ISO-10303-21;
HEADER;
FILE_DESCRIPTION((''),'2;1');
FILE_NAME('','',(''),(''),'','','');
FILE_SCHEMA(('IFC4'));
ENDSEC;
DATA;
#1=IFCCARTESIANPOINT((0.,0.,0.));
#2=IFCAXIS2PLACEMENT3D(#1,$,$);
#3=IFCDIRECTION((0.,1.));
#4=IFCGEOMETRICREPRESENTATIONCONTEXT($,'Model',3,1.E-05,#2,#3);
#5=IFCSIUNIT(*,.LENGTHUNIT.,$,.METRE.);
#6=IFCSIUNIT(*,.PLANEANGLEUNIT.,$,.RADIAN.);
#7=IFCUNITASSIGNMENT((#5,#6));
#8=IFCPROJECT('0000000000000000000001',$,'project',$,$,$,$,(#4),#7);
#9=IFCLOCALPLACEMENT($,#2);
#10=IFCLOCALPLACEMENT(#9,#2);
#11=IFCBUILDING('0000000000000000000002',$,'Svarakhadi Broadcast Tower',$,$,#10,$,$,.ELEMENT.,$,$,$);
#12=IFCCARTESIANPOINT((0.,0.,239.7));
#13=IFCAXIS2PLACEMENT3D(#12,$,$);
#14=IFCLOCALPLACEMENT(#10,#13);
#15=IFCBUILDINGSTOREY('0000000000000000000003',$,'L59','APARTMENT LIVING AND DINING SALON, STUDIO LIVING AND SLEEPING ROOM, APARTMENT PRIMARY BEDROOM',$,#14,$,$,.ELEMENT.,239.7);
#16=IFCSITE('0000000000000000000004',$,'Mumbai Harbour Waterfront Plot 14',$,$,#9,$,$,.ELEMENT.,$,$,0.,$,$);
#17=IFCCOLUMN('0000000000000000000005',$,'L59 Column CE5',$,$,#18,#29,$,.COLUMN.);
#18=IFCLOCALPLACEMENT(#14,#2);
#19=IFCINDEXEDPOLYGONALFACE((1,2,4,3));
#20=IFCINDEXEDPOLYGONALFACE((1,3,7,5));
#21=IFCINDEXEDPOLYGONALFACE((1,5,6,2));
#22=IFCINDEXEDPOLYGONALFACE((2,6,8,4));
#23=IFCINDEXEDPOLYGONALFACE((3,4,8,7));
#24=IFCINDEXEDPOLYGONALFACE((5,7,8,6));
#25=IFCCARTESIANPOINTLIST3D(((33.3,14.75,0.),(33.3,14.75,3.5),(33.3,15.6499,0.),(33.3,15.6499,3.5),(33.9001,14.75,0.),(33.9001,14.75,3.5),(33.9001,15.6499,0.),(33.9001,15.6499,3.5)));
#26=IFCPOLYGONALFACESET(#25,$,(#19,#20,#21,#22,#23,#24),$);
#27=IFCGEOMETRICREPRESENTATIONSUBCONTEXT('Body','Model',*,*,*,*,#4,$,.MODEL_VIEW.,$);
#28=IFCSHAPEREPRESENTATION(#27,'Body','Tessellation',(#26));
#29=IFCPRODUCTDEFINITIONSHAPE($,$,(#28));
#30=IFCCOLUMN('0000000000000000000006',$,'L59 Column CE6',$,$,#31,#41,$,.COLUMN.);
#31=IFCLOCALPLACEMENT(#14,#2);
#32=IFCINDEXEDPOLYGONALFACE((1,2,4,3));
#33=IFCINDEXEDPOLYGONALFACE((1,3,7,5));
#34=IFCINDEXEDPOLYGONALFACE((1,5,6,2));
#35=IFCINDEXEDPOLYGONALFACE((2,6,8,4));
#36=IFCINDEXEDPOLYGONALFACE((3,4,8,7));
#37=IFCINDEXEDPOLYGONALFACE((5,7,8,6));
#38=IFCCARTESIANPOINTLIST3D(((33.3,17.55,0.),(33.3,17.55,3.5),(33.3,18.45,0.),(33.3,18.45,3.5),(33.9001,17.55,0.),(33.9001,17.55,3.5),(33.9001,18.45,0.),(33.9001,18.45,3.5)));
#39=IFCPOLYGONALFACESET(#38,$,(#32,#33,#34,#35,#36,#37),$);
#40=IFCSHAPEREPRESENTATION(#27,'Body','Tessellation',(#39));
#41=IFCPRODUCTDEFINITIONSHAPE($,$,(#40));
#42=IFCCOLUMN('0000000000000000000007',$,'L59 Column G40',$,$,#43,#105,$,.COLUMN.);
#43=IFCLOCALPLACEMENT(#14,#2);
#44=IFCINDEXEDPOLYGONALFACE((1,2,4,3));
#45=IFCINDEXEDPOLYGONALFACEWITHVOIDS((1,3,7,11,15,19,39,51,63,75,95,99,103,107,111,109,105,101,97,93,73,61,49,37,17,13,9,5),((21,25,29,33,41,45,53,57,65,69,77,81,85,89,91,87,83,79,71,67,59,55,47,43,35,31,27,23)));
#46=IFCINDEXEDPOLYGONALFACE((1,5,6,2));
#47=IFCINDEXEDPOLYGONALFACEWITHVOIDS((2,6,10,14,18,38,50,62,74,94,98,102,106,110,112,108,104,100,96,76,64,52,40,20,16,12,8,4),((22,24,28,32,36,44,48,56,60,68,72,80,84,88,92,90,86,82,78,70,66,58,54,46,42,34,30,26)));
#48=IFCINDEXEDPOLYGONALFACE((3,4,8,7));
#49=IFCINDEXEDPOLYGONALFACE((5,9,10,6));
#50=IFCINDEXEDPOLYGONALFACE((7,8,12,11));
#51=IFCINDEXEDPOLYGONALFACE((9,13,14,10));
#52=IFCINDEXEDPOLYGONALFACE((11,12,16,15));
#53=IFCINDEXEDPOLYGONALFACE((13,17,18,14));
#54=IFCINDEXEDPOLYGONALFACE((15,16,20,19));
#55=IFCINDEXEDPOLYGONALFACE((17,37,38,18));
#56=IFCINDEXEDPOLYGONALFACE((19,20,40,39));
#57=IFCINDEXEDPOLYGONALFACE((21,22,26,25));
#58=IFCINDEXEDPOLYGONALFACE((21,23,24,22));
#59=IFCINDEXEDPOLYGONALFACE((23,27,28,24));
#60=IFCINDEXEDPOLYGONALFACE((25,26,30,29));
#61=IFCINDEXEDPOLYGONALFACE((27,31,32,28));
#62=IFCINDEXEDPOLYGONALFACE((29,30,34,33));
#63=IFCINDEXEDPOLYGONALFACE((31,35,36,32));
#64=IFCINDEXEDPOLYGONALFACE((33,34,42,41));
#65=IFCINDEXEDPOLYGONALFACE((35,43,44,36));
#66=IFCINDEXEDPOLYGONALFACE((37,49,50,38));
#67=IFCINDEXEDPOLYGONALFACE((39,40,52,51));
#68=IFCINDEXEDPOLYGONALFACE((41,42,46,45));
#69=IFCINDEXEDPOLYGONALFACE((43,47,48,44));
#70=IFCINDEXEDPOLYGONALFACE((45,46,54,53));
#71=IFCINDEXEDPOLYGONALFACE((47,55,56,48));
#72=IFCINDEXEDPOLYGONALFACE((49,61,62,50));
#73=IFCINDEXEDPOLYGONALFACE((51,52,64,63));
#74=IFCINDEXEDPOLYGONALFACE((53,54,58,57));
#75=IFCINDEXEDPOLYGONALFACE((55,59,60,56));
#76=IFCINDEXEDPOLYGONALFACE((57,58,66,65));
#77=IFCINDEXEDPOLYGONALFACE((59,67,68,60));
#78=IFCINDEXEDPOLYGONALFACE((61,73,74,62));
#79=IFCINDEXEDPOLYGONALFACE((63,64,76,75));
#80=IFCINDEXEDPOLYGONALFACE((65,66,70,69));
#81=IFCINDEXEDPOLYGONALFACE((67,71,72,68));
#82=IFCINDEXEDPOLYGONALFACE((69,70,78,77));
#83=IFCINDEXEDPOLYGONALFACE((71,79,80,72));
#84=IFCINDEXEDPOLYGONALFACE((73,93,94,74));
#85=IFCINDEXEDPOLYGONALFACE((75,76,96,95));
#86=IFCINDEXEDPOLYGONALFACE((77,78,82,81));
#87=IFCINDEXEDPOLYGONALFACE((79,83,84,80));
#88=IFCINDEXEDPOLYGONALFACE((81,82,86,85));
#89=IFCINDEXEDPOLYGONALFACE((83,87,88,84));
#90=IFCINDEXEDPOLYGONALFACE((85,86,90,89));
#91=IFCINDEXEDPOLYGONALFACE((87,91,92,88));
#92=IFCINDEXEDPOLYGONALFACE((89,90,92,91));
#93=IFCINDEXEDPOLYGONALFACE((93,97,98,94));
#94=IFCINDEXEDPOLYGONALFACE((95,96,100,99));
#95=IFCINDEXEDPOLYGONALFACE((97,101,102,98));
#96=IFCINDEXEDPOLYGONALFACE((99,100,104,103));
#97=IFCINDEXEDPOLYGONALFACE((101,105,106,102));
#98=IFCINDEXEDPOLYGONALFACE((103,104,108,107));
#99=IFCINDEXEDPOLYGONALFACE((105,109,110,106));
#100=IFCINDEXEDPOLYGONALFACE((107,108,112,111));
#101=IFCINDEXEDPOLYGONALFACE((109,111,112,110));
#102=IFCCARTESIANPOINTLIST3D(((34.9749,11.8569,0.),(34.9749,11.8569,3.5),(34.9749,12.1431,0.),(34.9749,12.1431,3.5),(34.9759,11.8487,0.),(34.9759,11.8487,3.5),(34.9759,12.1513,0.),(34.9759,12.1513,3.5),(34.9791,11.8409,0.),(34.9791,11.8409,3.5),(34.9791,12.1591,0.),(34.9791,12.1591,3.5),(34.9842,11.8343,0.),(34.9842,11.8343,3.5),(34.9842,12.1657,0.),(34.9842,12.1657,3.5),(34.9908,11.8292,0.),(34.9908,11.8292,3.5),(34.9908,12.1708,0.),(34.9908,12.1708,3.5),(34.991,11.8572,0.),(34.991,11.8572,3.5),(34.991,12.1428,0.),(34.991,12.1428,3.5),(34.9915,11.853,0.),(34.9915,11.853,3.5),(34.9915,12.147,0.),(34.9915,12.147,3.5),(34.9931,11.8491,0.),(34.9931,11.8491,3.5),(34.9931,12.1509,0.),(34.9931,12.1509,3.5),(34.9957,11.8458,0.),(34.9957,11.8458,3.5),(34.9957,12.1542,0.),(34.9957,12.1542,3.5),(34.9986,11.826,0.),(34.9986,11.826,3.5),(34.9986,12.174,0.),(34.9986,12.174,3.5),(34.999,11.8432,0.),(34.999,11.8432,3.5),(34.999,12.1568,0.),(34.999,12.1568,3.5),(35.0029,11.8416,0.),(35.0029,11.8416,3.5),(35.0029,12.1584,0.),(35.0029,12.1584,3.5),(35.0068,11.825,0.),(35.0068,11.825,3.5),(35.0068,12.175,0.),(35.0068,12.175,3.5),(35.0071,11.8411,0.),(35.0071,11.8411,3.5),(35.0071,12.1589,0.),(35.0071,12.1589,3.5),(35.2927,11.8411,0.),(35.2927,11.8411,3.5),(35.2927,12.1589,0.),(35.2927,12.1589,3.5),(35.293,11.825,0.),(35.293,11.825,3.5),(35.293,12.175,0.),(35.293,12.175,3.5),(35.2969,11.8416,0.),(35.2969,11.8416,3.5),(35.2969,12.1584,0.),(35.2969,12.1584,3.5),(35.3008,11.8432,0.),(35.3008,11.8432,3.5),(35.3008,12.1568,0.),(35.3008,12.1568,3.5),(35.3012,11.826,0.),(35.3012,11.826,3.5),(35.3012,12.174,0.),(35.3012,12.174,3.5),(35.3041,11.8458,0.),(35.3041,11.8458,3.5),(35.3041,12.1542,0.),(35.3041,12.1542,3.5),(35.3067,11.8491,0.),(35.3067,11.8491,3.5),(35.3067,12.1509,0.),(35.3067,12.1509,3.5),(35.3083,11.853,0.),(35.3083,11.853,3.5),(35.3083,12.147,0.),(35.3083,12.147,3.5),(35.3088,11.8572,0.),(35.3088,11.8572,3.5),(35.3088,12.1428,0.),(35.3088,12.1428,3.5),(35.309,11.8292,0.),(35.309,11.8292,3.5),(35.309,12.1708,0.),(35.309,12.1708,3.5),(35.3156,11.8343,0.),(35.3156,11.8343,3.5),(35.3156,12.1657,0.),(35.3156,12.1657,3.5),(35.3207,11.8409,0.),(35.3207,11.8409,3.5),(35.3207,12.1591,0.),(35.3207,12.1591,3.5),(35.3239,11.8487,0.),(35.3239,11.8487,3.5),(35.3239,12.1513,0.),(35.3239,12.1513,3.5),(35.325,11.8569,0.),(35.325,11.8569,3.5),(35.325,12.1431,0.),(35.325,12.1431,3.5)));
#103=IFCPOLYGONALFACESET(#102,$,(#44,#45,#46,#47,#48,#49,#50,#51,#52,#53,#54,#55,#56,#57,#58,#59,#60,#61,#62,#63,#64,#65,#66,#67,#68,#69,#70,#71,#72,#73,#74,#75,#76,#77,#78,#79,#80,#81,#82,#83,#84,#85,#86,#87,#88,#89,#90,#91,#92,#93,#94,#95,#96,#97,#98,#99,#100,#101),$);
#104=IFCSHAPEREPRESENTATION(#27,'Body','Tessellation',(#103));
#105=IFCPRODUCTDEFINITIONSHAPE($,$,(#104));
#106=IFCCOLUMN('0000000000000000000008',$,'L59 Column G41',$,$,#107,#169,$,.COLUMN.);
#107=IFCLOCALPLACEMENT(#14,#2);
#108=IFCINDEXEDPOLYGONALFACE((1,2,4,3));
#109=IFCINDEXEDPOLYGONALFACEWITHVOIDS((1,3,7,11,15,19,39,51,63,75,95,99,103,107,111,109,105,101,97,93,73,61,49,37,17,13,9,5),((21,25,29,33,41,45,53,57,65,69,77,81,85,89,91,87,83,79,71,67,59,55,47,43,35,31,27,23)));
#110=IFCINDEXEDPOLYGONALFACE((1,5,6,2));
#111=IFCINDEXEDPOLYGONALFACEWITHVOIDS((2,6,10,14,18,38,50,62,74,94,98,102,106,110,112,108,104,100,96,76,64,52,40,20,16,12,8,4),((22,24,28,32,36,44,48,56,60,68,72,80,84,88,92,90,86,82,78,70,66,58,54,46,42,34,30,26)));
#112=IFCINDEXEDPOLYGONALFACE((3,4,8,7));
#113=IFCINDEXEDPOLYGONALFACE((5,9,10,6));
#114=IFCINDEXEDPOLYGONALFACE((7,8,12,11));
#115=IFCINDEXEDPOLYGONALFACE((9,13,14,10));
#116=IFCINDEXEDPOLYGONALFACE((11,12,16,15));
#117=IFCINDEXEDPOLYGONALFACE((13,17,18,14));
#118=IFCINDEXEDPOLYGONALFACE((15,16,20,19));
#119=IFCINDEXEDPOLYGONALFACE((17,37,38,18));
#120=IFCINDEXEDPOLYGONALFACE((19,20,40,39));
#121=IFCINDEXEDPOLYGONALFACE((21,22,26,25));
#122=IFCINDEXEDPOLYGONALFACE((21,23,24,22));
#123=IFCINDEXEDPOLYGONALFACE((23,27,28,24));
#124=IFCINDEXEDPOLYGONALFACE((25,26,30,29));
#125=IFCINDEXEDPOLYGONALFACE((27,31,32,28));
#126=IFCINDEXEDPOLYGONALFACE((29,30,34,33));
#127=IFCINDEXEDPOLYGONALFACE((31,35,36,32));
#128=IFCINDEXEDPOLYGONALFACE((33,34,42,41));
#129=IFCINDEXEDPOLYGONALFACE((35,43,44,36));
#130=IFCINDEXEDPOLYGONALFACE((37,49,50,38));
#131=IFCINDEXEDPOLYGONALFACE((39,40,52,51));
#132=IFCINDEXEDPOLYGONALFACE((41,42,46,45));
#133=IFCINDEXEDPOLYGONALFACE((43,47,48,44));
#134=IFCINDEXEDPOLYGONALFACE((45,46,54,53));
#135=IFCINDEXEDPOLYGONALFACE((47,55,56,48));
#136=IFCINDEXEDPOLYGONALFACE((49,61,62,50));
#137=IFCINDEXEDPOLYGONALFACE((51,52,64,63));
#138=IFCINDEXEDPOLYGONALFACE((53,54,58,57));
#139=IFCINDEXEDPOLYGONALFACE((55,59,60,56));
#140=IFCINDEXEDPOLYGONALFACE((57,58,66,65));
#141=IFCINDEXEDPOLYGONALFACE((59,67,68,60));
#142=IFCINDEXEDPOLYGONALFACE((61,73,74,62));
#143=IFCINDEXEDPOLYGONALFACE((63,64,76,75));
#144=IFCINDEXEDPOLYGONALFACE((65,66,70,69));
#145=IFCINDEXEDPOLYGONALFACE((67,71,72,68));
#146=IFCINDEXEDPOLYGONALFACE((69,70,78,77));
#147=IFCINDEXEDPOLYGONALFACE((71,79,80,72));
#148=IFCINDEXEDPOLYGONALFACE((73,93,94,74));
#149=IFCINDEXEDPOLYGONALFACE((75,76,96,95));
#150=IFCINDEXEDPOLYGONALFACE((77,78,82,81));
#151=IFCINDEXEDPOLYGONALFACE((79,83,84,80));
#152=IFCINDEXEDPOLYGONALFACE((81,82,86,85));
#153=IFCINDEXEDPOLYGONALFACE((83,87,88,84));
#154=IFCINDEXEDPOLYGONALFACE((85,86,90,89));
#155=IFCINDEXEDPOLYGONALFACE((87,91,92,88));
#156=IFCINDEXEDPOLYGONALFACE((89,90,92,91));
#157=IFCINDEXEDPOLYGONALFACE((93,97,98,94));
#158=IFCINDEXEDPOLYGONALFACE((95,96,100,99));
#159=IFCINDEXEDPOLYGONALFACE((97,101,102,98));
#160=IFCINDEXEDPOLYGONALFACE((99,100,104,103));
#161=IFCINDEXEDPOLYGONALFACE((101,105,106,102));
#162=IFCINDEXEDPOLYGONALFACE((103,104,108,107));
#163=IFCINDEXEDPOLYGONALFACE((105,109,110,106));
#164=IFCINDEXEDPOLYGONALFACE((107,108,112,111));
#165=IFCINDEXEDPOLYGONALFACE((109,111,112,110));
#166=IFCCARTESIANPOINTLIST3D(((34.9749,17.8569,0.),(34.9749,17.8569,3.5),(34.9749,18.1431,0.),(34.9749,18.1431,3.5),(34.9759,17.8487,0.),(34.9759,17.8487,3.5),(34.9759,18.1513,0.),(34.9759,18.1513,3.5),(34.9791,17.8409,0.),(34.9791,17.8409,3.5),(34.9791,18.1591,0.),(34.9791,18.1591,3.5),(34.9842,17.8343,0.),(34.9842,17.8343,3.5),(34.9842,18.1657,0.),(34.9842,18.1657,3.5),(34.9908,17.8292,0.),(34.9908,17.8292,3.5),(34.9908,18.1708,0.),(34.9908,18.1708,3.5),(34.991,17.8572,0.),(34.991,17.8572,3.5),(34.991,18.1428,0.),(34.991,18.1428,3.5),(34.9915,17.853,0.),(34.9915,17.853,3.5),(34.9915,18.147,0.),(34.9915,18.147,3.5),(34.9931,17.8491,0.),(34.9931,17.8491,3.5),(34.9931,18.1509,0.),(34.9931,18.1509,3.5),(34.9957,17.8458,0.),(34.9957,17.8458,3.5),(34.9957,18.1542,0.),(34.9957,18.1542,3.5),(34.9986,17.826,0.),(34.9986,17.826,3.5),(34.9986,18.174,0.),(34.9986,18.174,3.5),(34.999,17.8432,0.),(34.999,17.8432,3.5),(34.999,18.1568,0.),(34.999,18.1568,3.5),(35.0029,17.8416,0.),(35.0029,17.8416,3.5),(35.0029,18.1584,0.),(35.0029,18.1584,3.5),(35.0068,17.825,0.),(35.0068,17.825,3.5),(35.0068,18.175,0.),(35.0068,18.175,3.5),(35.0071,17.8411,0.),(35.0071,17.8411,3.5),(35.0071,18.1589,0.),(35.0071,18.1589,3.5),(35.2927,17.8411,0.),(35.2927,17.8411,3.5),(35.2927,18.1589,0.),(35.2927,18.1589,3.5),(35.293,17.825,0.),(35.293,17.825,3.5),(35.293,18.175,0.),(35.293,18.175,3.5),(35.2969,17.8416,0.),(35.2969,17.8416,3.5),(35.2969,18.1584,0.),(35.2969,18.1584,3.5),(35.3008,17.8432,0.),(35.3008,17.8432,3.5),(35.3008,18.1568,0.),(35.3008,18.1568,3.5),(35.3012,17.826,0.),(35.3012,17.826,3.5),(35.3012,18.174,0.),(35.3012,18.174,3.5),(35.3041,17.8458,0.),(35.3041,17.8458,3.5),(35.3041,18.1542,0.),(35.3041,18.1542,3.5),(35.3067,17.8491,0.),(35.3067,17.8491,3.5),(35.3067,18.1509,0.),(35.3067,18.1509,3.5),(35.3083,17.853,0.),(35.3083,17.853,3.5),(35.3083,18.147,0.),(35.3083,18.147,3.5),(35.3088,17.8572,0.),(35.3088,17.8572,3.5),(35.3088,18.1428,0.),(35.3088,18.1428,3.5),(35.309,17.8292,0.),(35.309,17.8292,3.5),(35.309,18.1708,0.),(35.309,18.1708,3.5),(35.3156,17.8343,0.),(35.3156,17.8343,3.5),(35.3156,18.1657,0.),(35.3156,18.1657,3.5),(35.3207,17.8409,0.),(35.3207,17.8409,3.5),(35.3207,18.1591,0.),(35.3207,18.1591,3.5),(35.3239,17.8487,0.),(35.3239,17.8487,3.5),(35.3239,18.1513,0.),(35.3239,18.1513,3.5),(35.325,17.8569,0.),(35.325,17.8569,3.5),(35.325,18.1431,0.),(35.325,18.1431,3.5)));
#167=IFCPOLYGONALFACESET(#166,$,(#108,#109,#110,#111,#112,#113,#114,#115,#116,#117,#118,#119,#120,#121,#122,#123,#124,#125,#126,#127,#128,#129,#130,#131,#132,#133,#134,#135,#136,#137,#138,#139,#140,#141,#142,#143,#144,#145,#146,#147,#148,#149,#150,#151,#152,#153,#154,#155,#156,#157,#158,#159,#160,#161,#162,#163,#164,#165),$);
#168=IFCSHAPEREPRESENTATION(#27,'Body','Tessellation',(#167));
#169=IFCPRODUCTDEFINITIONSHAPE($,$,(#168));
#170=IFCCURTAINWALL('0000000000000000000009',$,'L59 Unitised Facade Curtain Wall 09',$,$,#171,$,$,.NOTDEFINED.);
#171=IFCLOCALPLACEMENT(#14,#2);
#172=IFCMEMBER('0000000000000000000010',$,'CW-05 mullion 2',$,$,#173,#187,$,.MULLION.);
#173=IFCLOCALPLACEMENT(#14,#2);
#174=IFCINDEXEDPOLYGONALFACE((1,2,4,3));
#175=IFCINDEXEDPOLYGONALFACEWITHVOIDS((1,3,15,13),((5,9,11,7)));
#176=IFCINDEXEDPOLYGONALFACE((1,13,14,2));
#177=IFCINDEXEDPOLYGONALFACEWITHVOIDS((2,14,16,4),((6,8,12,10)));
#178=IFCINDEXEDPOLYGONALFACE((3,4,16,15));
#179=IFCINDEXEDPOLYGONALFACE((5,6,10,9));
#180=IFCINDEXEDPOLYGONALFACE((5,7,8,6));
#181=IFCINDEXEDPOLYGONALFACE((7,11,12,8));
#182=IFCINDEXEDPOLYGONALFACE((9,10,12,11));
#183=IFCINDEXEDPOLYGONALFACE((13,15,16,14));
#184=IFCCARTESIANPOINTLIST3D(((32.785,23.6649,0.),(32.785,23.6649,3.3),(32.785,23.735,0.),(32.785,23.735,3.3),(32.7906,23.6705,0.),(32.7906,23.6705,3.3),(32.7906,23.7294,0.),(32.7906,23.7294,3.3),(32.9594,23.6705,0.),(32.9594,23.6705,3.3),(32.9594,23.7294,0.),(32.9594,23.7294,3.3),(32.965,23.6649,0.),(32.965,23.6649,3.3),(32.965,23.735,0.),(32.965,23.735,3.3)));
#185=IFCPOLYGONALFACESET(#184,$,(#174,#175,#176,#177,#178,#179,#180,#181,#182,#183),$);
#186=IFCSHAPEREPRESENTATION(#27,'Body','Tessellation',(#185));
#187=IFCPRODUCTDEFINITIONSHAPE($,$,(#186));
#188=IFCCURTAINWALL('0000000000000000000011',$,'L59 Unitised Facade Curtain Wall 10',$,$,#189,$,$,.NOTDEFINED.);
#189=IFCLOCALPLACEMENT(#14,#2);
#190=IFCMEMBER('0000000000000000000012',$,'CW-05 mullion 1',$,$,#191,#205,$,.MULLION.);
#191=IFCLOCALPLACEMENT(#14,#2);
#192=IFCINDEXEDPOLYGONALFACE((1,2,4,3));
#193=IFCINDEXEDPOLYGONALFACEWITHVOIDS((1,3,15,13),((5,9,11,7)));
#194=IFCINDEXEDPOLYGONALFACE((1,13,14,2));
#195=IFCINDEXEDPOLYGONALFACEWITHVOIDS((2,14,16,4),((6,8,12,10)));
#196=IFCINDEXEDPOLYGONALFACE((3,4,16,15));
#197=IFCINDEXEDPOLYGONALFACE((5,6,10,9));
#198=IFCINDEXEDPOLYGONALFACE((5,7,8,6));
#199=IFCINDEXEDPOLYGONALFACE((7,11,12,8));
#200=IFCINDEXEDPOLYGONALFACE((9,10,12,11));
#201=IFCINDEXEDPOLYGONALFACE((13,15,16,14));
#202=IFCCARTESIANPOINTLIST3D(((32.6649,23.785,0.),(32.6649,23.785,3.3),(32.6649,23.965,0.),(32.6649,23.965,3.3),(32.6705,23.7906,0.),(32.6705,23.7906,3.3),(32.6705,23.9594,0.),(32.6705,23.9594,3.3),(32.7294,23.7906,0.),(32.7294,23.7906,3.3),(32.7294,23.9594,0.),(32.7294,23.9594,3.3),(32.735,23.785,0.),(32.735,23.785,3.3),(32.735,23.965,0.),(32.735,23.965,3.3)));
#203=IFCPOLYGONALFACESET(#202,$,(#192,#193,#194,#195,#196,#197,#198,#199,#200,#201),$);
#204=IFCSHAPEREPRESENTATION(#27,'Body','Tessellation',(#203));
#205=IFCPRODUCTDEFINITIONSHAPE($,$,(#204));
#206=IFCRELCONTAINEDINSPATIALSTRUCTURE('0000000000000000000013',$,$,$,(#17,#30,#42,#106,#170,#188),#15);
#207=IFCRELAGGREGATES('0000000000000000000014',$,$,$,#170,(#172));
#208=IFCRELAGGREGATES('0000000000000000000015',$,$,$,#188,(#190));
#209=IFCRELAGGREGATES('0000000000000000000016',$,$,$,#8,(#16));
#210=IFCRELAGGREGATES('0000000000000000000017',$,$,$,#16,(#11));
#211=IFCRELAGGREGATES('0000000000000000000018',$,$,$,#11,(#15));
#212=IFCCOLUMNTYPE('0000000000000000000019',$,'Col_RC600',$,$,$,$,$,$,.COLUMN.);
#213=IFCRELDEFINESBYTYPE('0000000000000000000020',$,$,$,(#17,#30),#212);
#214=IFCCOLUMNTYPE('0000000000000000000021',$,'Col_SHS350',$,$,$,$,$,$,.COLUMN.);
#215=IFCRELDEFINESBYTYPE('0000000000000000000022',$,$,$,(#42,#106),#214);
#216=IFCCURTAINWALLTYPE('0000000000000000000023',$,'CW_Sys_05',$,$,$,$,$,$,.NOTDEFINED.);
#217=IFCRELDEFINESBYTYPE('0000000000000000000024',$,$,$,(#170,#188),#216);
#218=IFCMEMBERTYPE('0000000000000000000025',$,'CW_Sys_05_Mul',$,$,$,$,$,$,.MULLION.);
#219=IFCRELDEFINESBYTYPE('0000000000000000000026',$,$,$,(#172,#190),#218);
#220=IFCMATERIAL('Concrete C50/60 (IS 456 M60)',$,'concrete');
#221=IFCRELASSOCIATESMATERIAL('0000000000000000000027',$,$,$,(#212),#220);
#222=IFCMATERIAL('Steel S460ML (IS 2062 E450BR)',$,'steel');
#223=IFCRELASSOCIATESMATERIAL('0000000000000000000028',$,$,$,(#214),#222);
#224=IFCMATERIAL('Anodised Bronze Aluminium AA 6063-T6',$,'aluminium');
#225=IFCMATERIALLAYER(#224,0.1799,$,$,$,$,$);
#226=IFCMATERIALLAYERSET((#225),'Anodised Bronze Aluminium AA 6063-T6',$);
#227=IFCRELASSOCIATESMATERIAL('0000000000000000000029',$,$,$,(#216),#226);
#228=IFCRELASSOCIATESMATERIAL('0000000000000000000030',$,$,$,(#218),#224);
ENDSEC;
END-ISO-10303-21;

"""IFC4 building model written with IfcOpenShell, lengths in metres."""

from ifc_helpers import new_model, si_unit, direction, frame, origin, origin_2d, place, context, subcontext, project, spatial, rectangle, hollow_rectangle, extrude, material, layer, layer_set, material_profile, profile_set, type_object, element, aggregate, save


model = new_model("IFC4")

# Units and contexts
model_context = context("Model", 3, precision=1e-05, world=origin(), true_north=direction((0.0, 1.0)))
body_context = subcontext(model_context, "Body", "Model", "MODEL_VIEW")
ifc_project = project(units=[si_unit("LENGTHUNIT", "METRE"), si_unit("PLANEANGLEUNIT", "RADIAN")], contexts=[model_context])

# Site, building, storey
site_placement = place(None, origin())
site = spatial("IfcSite", under=ifc_project, at=site_placement, Name="Mumbai Harbour Waterfront Plot 14", CompositionType="ELEMENT", RefElevation=0.0)
building_placement = place(site_placement, origin())
building = spatial("IfcBuilding", under=site, at=building_placement, Name="Svarakhadi Broadcast Tower", CompositionType="ELEMENT")
storey_placement = place(building_placement, frame((0.0, 0.0, 239.7)))
storey = spatial("IfcBuildingStorey", under=building, at=storey_placement, Name="L59", Description="APARTMENT LIVING AND DINING SALON, STUDIO LIVING AND SLEEPING ROOM, APARTMENT PRIMARY BEDROOM", CompositionType="ELEMENT", Elevation=239.7)

# Columns
ifc_material_1 = material(Name="Concrete C50/60 (IS 456 M60)", Category="concrete")
ifc_material_profile_1 = material_profile(ifc_material_1, rectangle(XDim=0.6001, YDim=0.8999, at=origin_2d()), Name="RC 600x900")
ifc_profile_set_1 = profile_set([ifc_material_profile_1], Name="Concrete C50/60 (IS 456 M60)")
column_type_1 = type_object("IfcColumnType", Name="Col_RC600", PredefinedType="COLUMN", material=ifc_profile_set_1)
for number, where, z_axis, x_axis, name in (
    (1, (33.6001, 15.2, 0.0), (0.0, 0.0, 1.0), (1.0, 0.0, 0.0), "L59 Column CE5"),
    (2, (33.6001, 18.0, 0.0), (0.0, 0.0, 1.0), (1.0, 0.0, 0.0), "L59 Column CE6"),
):
    element("IfcColumn", number, at=place(storey_placement, frame(where, z_axis=z_axis, x_axis=x_axis)), inside=storey, type_object=column_type_1, Name=name, PredefinedType="COLUMN", context=body_context, shape_type="SweptSolid", body=[
        extrude(rectangle(XDim=0.6001, YDim=0.8999, at=origin_2d()), origin(), (0.0, 0.0, 1.0), 3.5),
    ])
ifc_material_2 = material(Name="Steel S460ML (IS 2062 E450BR)", Category="steel")
ifc_material_profile_2 = material_profile(ifc_material_2, hollow_rectangle(XDim=0.3501, YDim=0.3501, WallThickness=0.0161, InnerFilletRadius=0.0161, OuterFilletRadius=0.032, at=origin_2d()), Name="SHS 350x350x16")
ifc_profile_set_2 = profile_set([ifc_material_profile_2], Name="Steel S460ML (IS 2062 E450BR)")
column_type_2 = type_object("IfcColumnType", Name="Col_SHS350", PredefinedType="COLUMN", material=ifc_profile_set_2)
for number, where, z_axis, x_axis, name in (
    (3, (35.1499, 12.0, 0.0), (0.0, 0.0, 1.0), (1.0, 0.0, 0.0), "L59 Column G40"),
    (4, (35.1499, 18.0, 0.0), (0.0, 0.0, 1.0), (1.0, 0.0, 0.0), "L59 Column G41"),
):
    element("IfcColumn", number, at=place(storey_placement, frame(where, z_axis=z_axis, x_axis=x_axis)), inside=storey, type_object=column_type_2, Name=name, PredefinedType="COLUMN", context=body_context, shape_type="SweptSolid", body=[
        extrude(hollow_rectangle(XDim=0.3501, YDim=0.3501, WallThickness=0.0161, InnerFilletRadius=0.0161, OuterFilletRadius=0.032, at=origin_2d()), origin(), (0.0, 0.0, 1.0), 3.5),
    ])

# Curtain walls, members
ifc_material_3 = material(Name="Anodised Bronze Aluminium AA 6063-T6", Category="aluminium")
ifc_layer_1 = layer(ifc_material_3, 0.1799)
ifc_layer_set_1 = layer_set([ifc_layer_1], Name="Anodised Bronze Aluminium AA 6063-T6")
curtain_wall_type = type_object("IfcCurtainWallType", Name="CW_Sys_05", PredefinedType="NOTDEFINED", material=ifc_layer_set_1)
curtain_wall_1_placement = place(storey_placement, origin())
curtain_wall_1 = element("IfcCurtainWall", 5, at=curtain_wall_1_placement, inside=storey, type_object=curtain_wall_type, Name="L59 Unitised Facade Curtain Wall 09", PredefinedType="NOTDEFINED")
ifc_material_profile_3 = material_profile(ifc_material_3, hollow_rectangle(XDim=0.0701, YDim=0.1799, WallThickness=0.0056, at=origin_2d()), Name="ALU MULLION 180x70x6")
ifc_profile_set_3 = profile_set([ifc_material_profile_3], Name="Anodised Bronze Aluminium AA 6063-T6")
member_type_1 = type_object("IfcMemberType", Name="CW_Sys_05_Mul", PredefinedType="MULLION", material=ifc_profile_set_3)
member_1_placement = place(storey_placement, frame((32.875, 23.7, 0.0), z_axis=(0.0, 0.0, 1.0), x_axis=(0.0, 1.0, 0.0)))
member_1 = element("IfcMember", 6, at=member_1_placement, type_object=member_type_1, Name="CW-05 mullion 2", PredefinedType="MULLION", context=body_context, shape_type="SweptSolid", body=[
    extrude(hollow_rectangle(XDim=0.0701, YDim=0.1799, WallThickness=0.0056, at=origin_2d()), origin(), (0.0, 0.0, 1.0), 3.3),
])
aggregate(curtain_wall_1, [member_1])
curtain_wall_2_placement = place(storey_placement, origin())
curtain_wall_2 = element("IfcCurtainWall", 7, at=curtain_wall_2_placement, inside=storey, type_object=curtain_wall_type, Name="L59 Unitised Facade Curtain Wall 10", PredefinedType="NOTDEFINED")
member_2_placement = place(storey_placement, frame((32.7, 23.875, 0.0), z_axis=(0.0, 0.0, 1.0), x_axis=(1.0, 0.0, 0.0)))
member_2 = element("IfcMember", 8, at=member_2_placement, type_object=member_type_1, Name="CW-05 mullion 1", PredefinedType="MULLION", context=body_context, shape_type="SweptSolid", body=[
    extrude(hollow_rectangle(XDim=0.0701, YDim=0.1799, WallThickness=0.0056, at=origin_2d()), origin(), (0.0, 0.0, 1.0), 3.3),
])

aggregate(curtain_wall_2, [member_2])

save(model, "model.ifc")
